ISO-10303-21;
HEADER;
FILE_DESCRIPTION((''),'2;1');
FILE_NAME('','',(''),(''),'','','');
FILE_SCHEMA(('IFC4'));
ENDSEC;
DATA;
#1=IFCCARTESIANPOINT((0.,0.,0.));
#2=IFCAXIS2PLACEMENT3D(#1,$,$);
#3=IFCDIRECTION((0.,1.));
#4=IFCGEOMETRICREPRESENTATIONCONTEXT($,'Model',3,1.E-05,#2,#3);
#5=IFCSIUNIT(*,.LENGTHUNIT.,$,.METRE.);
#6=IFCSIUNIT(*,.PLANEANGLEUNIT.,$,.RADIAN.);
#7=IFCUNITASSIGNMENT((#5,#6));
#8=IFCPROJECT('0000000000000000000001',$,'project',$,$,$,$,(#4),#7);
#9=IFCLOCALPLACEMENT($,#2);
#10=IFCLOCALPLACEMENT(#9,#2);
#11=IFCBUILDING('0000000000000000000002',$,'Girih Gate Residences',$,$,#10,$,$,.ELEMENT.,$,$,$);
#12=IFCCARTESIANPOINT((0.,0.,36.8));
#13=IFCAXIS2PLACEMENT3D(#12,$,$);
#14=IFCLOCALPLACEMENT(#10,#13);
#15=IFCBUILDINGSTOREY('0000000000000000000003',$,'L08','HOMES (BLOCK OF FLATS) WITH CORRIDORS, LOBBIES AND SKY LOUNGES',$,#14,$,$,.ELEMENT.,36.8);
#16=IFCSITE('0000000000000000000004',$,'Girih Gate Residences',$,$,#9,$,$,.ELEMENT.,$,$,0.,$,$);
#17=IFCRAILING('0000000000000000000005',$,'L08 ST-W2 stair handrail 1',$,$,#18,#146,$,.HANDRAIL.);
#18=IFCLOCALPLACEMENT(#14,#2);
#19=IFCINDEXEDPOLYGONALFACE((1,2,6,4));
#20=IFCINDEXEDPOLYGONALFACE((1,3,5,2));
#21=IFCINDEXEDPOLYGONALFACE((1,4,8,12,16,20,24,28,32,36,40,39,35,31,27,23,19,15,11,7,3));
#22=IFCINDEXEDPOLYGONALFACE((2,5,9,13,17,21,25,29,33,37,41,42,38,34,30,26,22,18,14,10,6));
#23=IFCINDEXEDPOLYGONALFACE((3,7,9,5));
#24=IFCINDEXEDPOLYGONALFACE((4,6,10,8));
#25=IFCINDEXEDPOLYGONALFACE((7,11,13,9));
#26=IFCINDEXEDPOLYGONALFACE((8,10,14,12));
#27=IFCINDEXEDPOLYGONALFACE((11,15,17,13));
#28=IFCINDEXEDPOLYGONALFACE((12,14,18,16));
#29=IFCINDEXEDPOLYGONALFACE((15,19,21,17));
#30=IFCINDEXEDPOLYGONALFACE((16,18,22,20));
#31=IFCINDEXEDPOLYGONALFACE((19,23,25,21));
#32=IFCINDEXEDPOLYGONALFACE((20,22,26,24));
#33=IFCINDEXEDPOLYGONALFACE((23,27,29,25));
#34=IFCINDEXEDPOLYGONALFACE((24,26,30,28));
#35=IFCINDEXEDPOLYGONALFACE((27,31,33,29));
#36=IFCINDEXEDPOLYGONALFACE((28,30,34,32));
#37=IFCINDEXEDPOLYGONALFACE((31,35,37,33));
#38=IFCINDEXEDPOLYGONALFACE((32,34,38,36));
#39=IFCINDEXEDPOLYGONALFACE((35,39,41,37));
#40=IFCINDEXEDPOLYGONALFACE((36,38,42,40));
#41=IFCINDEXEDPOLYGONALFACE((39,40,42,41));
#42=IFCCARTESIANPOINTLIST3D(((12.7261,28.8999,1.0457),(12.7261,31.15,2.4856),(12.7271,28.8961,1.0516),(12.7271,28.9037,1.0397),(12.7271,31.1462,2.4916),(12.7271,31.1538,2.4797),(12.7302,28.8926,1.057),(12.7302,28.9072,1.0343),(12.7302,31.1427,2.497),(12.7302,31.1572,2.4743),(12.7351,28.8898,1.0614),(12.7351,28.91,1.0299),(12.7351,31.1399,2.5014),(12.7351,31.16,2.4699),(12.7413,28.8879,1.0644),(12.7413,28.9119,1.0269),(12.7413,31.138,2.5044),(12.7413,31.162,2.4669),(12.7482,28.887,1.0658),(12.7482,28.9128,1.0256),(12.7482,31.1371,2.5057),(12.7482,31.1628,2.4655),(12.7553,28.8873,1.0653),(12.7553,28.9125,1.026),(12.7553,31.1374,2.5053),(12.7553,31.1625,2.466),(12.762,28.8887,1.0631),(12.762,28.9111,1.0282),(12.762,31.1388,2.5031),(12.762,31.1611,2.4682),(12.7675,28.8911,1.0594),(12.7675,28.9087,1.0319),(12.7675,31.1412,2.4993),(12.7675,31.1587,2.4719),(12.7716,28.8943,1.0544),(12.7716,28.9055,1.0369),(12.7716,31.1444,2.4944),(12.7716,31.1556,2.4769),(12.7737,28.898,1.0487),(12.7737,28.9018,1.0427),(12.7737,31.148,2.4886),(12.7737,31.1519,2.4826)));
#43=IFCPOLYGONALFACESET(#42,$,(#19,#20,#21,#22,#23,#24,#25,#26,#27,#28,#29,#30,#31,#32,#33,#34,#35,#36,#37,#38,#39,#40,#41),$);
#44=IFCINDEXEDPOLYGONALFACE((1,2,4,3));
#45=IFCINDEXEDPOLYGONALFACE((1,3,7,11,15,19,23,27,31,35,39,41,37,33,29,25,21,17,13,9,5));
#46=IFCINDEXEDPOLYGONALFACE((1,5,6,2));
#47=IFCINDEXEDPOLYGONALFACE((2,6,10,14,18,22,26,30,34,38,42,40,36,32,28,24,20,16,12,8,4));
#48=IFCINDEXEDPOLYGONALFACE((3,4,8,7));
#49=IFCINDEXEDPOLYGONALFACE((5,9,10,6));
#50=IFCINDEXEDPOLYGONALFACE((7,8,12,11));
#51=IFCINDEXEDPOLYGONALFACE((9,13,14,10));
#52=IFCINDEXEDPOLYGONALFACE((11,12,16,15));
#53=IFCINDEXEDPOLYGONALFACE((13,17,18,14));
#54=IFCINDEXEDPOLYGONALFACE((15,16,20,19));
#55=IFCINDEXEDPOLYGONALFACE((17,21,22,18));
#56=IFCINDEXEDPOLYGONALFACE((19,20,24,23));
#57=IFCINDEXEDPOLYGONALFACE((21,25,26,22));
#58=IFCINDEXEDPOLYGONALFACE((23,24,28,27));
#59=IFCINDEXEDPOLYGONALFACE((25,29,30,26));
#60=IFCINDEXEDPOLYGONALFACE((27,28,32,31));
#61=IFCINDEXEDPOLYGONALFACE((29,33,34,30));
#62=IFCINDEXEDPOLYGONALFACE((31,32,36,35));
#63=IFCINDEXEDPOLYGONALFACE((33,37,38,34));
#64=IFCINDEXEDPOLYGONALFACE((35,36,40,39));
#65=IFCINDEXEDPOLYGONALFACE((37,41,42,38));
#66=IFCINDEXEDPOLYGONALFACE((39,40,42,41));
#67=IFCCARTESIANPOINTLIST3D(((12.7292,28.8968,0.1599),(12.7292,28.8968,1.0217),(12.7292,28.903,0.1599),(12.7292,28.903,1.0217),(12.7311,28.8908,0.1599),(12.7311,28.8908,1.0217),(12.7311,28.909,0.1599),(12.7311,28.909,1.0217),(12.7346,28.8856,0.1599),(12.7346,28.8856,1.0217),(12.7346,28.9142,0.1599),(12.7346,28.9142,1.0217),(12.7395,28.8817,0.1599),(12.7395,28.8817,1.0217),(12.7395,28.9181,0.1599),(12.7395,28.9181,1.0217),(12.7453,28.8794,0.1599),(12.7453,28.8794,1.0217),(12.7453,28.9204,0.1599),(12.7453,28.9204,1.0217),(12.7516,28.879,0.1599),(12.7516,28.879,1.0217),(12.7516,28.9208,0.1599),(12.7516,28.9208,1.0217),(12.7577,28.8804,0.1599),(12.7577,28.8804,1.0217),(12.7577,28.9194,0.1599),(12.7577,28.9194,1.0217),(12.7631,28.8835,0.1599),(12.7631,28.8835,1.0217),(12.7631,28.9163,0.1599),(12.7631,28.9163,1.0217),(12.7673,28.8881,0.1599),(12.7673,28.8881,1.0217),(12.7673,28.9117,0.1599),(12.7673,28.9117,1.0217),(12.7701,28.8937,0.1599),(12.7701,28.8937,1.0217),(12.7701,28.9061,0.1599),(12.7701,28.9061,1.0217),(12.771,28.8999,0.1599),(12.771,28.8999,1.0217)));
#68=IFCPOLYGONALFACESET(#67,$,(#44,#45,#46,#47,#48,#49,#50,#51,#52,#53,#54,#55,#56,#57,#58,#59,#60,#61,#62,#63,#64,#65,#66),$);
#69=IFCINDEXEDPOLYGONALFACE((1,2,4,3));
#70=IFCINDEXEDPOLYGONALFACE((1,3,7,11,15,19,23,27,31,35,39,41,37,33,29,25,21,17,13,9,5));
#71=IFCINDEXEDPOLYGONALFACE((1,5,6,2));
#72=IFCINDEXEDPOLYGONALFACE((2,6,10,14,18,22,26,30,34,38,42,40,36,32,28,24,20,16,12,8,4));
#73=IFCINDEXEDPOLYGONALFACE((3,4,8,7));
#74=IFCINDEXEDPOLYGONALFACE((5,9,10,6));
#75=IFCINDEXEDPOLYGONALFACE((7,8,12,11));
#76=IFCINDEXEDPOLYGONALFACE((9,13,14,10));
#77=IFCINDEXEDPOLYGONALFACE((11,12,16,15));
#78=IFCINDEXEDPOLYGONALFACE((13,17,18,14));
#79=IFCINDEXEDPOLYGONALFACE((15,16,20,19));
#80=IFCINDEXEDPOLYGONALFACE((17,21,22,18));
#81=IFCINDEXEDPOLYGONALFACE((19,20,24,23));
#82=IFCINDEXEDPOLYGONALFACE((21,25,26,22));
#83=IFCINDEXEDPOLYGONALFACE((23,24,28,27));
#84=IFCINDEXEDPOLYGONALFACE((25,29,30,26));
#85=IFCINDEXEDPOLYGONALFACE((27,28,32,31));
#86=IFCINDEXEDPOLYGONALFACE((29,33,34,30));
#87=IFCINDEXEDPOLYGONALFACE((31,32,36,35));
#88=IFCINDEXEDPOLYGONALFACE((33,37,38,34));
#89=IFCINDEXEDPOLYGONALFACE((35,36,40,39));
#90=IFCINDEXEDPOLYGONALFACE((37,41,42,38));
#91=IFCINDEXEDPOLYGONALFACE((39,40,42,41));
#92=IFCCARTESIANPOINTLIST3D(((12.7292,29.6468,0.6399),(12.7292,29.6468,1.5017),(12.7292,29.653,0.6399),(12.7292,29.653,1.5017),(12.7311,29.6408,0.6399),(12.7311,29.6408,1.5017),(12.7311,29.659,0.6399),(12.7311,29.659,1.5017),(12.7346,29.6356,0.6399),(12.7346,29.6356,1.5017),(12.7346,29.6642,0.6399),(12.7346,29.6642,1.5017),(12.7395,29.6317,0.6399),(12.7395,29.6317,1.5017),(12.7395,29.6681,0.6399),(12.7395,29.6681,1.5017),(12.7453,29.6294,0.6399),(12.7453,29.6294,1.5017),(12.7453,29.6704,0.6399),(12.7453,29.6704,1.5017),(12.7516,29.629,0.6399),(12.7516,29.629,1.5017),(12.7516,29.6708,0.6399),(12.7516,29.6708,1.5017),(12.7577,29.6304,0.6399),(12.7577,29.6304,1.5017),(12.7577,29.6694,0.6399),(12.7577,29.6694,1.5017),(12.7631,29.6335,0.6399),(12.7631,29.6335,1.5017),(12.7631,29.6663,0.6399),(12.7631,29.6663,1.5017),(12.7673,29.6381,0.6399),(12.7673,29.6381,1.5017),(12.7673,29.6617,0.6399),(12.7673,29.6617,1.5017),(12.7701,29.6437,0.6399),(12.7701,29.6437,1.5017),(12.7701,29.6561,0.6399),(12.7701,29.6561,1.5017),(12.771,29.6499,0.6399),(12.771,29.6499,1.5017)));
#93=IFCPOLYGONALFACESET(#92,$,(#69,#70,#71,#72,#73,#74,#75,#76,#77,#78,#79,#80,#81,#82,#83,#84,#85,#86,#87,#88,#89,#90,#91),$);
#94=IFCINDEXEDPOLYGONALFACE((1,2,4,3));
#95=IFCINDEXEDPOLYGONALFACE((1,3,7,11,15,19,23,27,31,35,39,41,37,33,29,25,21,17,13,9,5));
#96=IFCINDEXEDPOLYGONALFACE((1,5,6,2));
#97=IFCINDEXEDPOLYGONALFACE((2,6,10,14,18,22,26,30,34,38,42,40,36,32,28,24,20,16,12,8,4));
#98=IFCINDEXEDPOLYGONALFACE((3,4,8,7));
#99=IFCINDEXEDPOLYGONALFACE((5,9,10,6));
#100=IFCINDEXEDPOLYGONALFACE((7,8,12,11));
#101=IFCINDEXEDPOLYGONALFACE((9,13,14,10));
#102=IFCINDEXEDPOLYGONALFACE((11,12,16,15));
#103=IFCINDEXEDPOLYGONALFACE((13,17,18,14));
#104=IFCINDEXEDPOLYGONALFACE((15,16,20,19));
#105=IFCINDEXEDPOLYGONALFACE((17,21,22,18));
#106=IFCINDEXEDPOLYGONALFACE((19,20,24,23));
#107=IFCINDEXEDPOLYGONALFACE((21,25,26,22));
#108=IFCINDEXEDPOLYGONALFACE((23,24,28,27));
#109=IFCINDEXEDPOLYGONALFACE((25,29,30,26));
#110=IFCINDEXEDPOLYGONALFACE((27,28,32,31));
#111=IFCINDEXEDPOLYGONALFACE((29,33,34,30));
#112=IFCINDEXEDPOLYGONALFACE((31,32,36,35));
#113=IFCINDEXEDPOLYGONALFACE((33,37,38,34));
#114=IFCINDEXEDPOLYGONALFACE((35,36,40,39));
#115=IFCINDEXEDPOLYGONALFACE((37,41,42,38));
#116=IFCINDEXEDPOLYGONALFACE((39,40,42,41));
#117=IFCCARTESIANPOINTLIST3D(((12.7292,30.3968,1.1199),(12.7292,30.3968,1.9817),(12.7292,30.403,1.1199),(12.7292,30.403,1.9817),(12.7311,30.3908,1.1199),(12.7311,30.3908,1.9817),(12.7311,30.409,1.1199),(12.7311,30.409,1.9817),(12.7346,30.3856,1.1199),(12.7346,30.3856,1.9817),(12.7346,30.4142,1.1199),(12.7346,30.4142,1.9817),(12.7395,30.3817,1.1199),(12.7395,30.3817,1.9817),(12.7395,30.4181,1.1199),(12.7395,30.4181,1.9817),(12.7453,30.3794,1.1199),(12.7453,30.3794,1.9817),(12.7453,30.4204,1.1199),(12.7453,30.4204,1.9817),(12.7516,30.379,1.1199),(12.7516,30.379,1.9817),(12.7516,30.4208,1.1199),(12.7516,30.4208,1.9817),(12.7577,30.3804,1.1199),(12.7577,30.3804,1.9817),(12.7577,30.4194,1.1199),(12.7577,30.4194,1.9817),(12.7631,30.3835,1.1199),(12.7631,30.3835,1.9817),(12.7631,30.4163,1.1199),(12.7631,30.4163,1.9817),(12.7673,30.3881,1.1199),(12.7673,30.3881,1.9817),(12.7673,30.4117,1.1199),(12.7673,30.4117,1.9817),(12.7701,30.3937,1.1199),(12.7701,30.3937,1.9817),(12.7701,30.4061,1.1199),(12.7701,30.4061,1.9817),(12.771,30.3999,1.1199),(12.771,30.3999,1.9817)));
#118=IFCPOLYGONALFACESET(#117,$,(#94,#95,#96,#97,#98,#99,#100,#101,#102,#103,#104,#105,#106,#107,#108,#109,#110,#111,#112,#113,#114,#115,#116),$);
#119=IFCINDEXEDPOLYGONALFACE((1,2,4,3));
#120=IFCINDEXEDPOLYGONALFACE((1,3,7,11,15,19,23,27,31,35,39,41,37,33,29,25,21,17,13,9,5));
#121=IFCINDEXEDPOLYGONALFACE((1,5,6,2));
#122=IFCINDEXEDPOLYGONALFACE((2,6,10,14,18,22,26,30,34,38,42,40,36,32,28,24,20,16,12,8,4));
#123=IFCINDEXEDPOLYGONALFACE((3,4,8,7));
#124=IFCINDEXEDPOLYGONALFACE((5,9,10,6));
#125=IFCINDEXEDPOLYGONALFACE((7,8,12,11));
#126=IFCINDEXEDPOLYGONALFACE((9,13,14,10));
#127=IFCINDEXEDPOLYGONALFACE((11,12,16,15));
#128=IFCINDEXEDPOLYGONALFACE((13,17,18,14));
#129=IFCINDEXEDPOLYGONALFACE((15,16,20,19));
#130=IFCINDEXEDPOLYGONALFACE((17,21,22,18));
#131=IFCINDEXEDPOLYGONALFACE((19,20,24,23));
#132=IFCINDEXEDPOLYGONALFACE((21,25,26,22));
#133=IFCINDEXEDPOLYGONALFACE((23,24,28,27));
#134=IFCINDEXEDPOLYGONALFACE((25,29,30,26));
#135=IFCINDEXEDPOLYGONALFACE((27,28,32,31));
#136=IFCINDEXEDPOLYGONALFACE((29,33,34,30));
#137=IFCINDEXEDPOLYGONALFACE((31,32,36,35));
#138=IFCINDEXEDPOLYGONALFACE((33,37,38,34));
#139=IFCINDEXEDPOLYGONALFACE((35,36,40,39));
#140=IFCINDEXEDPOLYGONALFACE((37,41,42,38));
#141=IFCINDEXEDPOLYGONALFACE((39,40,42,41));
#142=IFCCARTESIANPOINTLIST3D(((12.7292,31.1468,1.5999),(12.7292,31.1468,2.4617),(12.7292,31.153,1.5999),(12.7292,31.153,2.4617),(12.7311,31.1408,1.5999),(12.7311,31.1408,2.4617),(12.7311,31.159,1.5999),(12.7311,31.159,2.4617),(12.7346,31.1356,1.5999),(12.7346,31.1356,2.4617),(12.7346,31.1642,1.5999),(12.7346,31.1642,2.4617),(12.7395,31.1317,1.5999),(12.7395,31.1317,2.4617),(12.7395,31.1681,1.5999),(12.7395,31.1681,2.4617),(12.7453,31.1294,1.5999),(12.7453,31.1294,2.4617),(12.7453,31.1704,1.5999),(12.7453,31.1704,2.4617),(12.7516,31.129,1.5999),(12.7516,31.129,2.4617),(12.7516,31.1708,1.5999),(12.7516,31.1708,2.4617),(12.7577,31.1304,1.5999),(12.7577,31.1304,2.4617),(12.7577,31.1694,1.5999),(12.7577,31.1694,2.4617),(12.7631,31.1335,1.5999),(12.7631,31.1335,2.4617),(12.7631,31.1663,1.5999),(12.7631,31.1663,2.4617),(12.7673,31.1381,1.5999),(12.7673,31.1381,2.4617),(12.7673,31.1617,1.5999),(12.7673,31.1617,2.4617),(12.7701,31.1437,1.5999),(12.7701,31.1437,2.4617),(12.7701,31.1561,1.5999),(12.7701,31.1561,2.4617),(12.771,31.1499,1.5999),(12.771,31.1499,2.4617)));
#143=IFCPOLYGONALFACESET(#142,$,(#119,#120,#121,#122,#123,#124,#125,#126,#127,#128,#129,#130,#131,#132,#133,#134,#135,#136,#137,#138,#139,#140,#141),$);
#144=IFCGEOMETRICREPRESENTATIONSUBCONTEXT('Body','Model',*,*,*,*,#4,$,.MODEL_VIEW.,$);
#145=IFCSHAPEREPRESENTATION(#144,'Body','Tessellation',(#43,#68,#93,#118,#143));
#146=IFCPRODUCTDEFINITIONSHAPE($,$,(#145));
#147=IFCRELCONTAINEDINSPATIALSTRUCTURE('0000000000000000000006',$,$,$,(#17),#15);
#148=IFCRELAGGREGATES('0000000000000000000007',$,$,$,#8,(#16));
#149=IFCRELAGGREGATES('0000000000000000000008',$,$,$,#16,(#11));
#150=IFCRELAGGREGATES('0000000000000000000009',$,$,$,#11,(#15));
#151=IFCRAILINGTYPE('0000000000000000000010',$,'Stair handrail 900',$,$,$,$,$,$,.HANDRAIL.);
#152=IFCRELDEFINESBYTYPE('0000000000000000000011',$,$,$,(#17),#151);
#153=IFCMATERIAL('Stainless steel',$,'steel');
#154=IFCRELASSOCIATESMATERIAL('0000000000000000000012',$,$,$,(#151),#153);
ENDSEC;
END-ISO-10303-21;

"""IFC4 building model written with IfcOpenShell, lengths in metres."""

from ifc_helpers import new_model, si_unit, direction, frame, origin, origin_2d, place, context, subcontext, project, spatial, circle, extrude, material, type_object, element, save


model = new_model("IFC4")

# Units and contexts
model_context = context("Model", 3, precision=1e-05, world=origin(), true_north=direction((0.0, 1.0)))
body_context = subcontext(model_context, "Body", "Model", "MODEL_VIEW")
ifc_project = project(units=[si_unit("LENGTHUNIT", "METRE"), si_unit("PLANEANGLEUNIT", "RADIAN")], contexts=[model_context])

# Site, building, storey
site_placement = place(None, origin())
site = spatial("IfcSite", under=ifc_project, at=site_placement, Name="Girih Gate Residences", CompositionType="ELEMENT", RefElevation=0.0)
building_placement = place(site_placement, origin())
building = spatial("IfcBuilding", under=site, at=building_placement, Name="Girih Gate Residences", CompositionType="ELEMENT")
storey_placement = place(building_placement, frame((0.0, 0.0, 36.8)))
storey = spatial("IfcBuildingStorey", under=building, at=storey_placement, Name="L08", Description="HOMES (BLOCK OF FLATS) WITH CORRIDORS, LOBBIES AND SKY LOUNGES", CompositionType="ELEMENT", Elevation=36.8)

# Railing
ifc_material_1 = material(Name="Stainless steel", Category="steel")
railing_type_1 = type_object("IfcRailingType", Name="Stair handrail 900", PredefinedType="HANDRAIL", material=ifc_material_1)
railing_1_placement = place(storey_placement, frame((12.75, 28.8999, 0.1599)))
element("IfcRailing", 1, at=railing_1_placement, inside=storey, type_object=railing_type_1, Name="L08 ST-W2 stair handrail 1", PredefinedType="HANDRAIL", context=body_context, shape_type="SweptSolid", body=[
    extrude(circle(Radius=0.0239, at=origin_2d()), frame((0.0, 0.0, 0.8857), z_axis=(0.0, 0.842281, 0.539038), x_axis=(-1.0, 0.0, 0.0)), (0.0, 0.0, 1.0), 2.6714),
    extrude(circle(Radius=0.021, at=origin_2d()), origin(), (0.0, 0.0, 1.0), 0.8618),
    extrude(circle(Radius=0.021, at=origin_2d()), frame((0.0, 0.75, 0.48)), (0.0, 0.0, 1.0), 0.8618),
    extrude(circle(Radius=0.021, at=origin_2d()), frame((0.0, 1.5, 0.96)), (0.0, 0.0, 1.0), 0.8618),
    extrude(circle(Radius=0.021, at=origin_2d()), frame((0.0, 2.25, 1.4399)), (0.0, 0.0, 1.0), 0.8618),
])

save(model, "model.ifc")
